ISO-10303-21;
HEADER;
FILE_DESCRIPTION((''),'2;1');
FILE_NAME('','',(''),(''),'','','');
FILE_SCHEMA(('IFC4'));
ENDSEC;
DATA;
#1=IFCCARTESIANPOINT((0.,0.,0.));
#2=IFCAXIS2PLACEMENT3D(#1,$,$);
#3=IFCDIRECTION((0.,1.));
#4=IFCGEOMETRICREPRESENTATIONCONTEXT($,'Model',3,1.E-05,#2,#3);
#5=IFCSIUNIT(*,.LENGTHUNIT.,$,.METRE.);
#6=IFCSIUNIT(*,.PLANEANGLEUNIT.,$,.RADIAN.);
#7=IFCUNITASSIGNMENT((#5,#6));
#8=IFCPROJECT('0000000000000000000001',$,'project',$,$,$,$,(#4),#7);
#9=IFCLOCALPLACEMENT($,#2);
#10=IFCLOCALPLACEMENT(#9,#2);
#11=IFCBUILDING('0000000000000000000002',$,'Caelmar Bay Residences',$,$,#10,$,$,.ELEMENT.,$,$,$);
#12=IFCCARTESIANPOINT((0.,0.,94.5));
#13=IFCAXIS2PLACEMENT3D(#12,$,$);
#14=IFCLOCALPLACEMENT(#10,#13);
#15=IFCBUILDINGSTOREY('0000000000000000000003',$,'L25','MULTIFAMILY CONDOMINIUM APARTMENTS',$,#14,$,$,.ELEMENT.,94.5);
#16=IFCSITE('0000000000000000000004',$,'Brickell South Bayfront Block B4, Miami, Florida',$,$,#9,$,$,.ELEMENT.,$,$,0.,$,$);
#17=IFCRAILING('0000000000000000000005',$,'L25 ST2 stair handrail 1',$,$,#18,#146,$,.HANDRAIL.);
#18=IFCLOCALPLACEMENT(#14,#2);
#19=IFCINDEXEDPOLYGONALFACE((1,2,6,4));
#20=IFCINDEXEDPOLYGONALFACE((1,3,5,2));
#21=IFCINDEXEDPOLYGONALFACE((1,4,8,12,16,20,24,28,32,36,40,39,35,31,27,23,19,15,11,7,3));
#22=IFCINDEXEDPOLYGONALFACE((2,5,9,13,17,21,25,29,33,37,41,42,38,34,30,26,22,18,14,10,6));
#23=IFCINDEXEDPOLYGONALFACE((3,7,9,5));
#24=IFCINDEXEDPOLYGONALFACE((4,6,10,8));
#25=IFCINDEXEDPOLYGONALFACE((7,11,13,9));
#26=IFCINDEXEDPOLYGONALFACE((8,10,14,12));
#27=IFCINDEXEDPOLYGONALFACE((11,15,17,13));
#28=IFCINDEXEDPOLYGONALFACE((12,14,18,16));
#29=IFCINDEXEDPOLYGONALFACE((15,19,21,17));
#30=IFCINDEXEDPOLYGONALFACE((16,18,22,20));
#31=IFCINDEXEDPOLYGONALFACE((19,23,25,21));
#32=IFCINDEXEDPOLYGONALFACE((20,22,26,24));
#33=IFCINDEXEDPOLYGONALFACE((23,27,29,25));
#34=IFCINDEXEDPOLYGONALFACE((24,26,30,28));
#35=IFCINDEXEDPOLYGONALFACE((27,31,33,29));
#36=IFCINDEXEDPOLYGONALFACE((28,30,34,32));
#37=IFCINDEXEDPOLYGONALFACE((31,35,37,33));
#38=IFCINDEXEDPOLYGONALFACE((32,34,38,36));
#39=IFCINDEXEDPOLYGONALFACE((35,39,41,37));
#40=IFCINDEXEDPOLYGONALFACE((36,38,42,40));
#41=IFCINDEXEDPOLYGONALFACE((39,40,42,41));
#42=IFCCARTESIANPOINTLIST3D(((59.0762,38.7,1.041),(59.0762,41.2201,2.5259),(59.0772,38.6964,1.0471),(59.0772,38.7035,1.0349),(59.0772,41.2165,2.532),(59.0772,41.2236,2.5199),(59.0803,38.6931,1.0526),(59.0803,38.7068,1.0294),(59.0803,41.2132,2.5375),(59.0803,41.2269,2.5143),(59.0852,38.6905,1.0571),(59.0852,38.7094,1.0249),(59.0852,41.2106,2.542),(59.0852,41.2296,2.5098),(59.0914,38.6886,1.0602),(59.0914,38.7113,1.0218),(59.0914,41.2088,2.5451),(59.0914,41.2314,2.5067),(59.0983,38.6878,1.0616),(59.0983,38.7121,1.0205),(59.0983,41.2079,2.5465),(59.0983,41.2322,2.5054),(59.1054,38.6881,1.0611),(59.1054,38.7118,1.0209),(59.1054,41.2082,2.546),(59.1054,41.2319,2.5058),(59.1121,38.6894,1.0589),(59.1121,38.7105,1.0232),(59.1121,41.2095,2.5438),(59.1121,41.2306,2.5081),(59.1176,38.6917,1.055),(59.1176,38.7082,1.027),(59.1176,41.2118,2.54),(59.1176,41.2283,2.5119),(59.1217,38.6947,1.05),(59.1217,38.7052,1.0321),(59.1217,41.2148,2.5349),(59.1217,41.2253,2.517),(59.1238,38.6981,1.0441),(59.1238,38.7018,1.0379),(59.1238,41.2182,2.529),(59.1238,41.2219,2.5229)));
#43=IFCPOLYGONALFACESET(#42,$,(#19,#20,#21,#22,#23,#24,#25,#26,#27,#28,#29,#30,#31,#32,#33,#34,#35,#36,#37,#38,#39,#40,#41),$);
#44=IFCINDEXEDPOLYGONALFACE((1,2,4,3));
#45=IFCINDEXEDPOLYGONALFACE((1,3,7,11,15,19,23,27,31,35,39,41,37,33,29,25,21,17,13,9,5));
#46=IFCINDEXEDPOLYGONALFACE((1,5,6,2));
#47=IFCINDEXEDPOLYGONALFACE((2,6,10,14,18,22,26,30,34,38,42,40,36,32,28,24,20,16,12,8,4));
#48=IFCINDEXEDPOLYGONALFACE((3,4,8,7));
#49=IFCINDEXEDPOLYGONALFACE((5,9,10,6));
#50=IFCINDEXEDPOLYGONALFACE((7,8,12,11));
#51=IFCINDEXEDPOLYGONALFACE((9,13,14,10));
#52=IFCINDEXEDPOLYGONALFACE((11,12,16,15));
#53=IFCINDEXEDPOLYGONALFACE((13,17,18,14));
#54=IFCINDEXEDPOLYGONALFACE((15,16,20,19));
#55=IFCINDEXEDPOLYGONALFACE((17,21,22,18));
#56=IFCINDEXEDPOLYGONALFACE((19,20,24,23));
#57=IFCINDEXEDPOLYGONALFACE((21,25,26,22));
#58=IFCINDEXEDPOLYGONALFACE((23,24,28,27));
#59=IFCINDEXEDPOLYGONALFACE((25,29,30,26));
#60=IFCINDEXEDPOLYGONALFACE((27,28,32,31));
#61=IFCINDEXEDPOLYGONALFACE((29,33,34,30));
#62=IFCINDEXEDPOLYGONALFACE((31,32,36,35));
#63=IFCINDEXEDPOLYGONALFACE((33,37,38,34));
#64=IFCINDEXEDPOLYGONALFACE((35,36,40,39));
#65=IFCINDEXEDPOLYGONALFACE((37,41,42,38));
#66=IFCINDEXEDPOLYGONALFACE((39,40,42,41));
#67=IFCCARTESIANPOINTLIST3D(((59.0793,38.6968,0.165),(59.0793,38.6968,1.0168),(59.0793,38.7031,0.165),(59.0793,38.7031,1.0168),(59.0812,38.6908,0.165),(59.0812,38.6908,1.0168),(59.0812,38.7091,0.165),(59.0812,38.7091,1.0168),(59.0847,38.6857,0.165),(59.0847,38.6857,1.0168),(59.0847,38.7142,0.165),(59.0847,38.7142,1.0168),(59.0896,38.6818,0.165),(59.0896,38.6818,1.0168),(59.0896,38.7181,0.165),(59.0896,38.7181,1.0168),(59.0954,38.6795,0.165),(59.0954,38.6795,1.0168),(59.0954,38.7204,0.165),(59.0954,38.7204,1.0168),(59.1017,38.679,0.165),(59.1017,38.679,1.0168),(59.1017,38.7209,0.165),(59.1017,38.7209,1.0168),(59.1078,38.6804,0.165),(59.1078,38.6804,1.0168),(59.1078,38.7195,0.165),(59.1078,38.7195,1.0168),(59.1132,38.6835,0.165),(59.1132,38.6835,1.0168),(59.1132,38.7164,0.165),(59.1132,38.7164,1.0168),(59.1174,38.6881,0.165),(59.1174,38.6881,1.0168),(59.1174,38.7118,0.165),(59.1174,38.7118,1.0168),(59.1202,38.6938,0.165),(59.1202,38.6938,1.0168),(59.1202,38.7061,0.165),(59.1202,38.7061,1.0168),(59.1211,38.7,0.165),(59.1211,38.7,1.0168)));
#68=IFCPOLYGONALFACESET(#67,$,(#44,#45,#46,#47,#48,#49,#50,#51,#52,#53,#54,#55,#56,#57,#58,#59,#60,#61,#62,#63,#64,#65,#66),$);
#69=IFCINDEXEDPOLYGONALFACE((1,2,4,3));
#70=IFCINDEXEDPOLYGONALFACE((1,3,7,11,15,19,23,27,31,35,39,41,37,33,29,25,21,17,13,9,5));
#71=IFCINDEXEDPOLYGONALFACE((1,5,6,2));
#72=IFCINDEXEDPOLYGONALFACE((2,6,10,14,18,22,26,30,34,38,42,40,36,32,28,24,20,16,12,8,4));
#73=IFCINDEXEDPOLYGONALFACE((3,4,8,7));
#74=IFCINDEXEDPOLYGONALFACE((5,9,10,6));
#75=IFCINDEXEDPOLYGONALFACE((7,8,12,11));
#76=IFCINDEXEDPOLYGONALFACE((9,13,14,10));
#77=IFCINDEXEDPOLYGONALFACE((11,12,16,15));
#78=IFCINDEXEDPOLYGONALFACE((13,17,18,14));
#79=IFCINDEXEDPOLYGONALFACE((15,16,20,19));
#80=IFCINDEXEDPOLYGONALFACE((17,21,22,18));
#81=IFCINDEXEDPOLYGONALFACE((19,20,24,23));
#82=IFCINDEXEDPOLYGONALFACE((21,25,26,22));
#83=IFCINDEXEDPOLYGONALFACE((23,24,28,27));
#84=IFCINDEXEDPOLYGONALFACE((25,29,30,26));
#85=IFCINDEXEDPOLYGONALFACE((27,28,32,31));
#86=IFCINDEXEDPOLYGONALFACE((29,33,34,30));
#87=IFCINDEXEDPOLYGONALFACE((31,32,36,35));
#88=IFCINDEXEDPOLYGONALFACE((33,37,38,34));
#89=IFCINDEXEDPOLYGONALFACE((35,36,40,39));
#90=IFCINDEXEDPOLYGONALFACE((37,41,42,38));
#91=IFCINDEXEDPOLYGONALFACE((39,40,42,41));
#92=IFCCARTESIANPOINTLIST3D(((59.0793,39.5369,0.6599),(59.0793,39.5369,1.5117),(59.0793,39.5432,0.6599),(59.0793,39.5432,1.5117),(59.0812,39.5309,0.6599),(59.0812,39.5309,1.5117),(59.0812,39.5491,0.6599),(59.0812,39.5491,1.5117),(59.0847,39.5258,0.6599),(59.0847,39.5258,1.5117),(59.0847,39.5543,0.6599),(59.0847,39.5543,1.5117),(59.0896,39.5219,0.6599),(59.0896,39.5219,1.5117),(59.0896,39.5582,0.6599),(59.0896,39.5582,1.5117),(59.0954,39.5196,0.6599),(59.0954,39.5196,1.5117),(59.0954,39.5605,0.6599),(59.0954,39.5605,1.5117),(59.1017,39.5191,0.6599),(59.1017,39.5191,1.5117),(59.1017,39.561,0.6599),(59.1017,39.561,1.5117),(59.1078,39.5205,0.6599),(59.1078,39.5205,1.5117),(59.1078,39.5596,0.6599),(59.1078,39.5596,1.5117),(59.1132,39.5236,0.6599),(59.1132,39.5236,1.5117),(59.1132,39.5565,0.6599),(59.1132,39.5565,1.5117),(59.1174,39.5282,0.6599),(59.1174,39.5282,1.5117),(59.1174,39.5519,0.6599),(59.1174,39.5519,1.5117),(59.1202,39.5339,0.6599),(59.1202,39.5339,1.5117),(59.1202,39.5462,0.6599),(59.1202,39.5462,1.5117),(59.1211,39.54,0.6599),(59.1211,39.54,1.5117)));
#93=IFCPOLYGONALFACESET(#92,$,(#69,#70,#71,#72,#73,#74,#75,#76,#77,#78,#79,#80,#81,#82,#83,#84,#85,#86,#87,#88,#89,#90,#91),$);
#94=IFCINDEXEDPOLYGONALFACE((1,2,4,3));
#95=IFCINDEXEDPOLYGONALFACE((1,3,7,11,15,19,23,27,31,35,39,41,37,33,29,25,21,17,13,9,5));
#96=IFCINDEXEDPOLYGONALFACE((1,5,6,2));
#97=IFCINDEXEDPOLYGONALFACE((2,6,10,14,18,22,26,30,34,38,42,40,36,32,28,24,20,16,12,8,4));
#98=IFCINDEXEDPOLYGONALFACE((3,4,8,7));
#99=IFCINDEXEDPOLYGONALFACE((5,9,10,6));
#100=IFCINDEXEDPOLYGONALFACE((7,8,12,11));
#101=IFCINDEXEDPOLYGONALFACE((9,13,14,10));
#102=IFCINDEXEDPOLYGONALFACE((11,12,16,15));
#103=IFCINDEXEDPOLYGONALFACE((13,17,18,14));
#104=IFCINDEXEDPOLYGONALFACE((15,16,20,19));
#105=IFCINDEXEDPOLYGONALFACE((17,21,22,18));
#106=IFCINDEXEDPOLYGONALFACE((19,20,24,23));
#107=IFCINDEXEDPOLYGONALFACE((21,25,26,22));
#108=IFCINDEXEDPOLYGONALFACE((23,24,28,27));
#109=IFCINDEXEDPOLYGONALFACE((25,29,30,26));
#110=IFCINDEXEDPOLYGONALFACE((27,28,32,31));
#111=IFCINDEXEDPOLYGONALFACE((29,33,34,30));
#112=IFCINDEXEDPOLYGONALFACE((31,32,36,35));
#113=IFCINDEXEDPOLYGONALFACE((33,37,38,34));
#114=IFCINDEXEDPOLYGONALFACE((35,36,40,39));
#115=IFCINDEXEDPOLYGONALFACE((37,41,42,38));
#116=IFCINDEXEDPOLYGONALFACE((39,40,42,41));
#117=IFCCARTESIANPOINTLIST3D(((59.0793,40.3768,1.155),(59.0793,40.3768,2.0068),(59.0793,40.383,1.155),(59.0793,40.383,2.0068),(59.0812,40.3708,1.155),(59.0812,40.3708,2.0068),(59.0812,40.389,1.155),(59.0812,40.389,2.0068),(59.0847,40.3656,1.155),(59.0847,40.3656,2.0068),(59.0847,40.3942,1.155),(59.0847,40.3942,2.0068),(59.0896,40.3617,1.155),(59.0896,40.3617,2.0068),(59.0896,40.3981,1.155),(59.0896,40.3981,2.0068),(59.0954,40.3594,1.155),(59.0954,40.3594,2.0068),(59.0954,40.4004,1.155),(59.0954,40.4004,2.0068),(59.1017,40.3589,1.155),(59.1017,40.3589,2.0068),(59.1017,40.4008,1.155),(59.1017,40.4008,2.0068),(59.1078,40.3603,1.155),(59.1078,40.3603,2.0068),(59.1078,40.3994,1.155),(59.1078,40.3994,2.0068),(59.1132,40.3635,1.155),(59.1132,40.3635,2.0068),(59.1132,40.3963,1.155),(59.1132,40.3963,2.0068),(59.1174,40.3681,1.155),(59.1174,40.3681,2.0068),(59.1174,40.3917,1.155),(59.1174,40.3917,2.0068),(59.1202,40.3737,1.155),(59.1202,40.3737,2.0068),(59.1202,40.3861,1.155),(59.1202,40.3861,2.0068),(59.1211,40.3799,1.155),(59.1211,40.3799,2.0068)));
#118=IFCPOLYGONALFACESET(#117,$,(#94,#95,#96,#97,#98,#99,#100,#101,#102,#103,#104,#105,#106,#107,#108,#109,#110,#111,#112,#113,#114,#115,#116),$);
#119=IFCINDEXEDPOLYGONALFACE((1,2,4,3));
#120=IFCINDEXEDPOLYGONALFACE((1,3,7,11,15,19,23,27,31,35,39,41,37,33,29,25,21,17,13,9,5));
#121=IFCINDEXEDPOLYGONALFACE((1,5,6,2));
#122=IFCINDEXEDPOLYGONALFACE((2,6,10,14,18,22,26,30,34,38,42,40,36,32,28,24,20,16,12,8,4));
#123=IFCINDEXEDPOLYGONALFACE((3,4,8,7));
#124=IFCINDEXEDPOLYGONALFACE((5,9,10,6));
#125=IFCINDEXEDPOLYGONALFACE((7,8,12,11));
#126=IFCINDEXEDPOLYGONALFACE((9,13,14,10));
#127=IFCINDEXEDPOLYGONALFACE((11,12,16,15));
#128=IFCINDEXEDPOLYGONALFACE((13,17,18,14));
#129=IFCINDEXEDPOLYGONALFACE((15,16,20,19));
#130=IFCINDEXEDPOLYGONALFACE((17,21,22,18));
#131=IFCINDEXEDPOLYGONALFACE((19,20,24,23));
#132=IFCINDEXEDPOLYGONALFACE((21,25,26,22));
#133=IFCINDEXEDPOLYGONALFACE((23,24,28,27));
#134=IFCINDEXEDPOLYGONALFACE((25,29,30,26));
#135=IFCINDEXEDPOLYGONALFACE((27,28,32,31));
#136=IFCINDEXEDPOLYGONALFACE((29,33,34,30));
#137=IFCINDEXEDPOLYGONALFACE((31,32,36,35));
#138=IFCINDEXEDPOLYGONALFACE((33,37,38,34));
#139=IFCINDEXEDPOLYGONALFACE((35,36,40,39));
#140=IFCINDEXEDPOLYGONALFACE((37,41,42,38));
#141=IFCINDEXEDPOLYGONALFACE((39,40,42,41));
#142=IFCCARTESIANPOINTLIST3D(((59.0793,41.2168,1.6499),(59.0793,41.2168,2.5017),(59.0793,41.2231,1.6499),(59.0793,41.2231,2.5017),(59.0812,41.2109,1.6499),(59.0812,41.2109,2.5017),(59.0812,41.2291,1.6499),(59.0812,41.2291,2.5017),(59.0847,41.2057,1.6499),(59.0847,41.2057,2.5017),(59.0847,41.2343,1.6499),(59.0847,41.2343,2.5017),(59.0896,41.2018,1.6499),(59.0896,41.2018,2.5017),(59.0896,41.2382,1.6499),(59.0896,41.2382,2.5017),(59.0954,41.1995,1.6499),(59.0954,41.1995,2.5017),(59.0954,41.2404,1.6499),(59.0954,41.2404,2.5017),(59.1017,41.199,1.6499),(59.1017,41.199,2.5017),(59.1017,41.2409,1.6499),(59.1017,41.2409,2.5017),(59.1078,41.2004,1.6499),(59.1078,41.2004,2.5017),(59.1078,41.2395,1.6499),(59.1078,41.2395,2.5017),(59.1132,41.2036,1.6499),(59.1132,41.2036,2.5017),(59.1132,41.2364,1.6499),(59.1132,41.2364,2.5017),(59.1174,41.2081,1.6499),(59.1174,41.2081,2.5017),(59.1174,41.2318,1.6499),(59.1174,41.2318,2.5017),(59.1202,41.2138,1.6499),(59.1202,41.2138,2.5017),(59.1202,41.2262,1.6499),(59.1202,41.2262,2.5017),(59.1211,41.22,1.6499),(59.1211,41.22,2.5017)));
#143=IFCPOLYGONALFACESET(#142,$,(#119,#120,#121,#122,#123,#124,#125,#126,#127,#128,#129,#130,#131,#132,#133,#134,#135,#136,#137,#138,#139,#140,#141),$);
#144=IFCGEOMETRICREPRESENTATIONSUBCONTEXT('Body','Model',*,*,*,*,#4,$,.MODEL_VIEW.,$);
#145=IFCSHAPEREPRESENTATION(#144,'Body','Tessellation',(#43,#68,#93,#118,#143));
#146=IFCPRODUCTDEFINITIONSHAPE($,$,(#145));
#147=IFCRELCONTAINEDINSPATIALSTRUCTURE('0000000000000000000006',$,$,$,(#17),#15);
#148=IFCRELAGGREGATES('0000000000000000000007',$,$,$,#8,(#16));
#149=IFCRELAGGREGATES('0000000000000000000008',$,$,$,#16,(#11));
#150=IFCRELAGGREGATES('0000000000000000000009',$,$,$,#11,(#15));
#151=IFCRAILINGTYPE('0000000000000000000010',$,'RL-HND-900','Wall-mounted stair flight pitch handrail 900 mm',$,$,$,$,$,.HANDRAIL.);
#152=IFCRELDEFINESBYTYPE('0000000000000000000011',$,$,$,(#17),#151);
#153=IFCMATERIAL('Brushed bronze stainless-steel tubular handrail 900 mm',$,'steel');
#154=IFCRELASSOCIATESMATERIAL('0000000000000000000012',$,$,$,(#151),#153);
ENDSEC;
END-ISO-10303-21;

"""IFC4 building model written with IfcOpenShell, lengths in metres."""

from ifc_helpers import new_model, si_unit, direction, frame, origin, origin_2d, place, context, subcontext, project, spatial, circle, extrude, material, type_object, element, save


model = new_model("IFC4")

# Units and contexts
model_context = context("Model", 3, precision=1e-05, world=origin(), true_north=direction((0.0, 1.0)))
body_context = subcontext(model_context, "Body", "Model", "MODEL_VIEW")
ifc_project = project(units=[si_unit("LENGTHUNIT", "METRE"), si_unit("PLANEANGLEUNIT", "RADIAN")], contexts=[model_context])

# Site, building, storey
site_placement = place(None, origin())
site = spatial("IfcSite", under=ifc_project, at=site_placement, Name="Brickell South Bayfront Block B4, Miami, Florida", CompositionType="ELEMENT", RefElevation=0.0)
building_placement = place(site_placement, origin())
building = spatial("IfcBuilding", under=site, at=building_placement, Name="Caelmar Bay Residences", CompositionType="ELEMENT")
storey_placement = place(building_placement, frame((0.0, 0.0, 94.5)))
storey = spatial("IfcBuildingStorey", under=building, at=storey_placement, Name="L25", Description="MULTIFAMILY CONDOMINIUM APARTMENTS", CompositionType="ELEMENT", Elevation=94.5)

# Railing
ifc_material_1 = material(Name="Brushed bronze stainless-steel tubular handrail 900 mm", Category="steel")
railing_type_1 = type_object("IfcRailingType", Name="RL-HND-900", Description="Wall-mounted stair flight pitch handrail 900 mm", PredefinedType="HANDRAIL", material=ifc_material_1)
railing_1_placement = place(storey_placement, frame((59.1001, 38.7, 0.165)))
element("IfcRailing", 1, at=railing_1_placement, inside=storey, type_object=railing_type_1, Name="L25 ST2 stair handrail 1", PredefinedType="HANDRAIL", context=body_context, shape_type="SweptSolid", body=[
    extrude(circle(Radius=0.0239, at=origin_2d()), frame((0.0, 0.0, 0.876), z_axis=(0.0, 0.861561, 0.507655), x_axis=(-1.0, 0.0, 0.0)), (0.0, 0.0, 1.0), 2.925),
    extrude(circle(Radius=0.021, at=origin_2d()), origin(), (0.0, 0.0, 1.0), 0.8518),
    extrude(circle(Radius=0.021, at=origin_2d()), frame((0.0, 0.8401, 0.4949)), (0.0, 0.0, 1.0), 0.8518),
    extrude(circle(Radius=0.021, at=origin_2d()), frame((0.0, 1.6799, 0.99)), (0.0, 0.0, 1.0), 0.8518),
    extrude(circle(Radius=0.021, at=origin_2d()), frame((0.0, 2.52, 1.4849)), (0.0, 0.0, 1.0), 0.8518),
])

save(model, "model.ifc")
